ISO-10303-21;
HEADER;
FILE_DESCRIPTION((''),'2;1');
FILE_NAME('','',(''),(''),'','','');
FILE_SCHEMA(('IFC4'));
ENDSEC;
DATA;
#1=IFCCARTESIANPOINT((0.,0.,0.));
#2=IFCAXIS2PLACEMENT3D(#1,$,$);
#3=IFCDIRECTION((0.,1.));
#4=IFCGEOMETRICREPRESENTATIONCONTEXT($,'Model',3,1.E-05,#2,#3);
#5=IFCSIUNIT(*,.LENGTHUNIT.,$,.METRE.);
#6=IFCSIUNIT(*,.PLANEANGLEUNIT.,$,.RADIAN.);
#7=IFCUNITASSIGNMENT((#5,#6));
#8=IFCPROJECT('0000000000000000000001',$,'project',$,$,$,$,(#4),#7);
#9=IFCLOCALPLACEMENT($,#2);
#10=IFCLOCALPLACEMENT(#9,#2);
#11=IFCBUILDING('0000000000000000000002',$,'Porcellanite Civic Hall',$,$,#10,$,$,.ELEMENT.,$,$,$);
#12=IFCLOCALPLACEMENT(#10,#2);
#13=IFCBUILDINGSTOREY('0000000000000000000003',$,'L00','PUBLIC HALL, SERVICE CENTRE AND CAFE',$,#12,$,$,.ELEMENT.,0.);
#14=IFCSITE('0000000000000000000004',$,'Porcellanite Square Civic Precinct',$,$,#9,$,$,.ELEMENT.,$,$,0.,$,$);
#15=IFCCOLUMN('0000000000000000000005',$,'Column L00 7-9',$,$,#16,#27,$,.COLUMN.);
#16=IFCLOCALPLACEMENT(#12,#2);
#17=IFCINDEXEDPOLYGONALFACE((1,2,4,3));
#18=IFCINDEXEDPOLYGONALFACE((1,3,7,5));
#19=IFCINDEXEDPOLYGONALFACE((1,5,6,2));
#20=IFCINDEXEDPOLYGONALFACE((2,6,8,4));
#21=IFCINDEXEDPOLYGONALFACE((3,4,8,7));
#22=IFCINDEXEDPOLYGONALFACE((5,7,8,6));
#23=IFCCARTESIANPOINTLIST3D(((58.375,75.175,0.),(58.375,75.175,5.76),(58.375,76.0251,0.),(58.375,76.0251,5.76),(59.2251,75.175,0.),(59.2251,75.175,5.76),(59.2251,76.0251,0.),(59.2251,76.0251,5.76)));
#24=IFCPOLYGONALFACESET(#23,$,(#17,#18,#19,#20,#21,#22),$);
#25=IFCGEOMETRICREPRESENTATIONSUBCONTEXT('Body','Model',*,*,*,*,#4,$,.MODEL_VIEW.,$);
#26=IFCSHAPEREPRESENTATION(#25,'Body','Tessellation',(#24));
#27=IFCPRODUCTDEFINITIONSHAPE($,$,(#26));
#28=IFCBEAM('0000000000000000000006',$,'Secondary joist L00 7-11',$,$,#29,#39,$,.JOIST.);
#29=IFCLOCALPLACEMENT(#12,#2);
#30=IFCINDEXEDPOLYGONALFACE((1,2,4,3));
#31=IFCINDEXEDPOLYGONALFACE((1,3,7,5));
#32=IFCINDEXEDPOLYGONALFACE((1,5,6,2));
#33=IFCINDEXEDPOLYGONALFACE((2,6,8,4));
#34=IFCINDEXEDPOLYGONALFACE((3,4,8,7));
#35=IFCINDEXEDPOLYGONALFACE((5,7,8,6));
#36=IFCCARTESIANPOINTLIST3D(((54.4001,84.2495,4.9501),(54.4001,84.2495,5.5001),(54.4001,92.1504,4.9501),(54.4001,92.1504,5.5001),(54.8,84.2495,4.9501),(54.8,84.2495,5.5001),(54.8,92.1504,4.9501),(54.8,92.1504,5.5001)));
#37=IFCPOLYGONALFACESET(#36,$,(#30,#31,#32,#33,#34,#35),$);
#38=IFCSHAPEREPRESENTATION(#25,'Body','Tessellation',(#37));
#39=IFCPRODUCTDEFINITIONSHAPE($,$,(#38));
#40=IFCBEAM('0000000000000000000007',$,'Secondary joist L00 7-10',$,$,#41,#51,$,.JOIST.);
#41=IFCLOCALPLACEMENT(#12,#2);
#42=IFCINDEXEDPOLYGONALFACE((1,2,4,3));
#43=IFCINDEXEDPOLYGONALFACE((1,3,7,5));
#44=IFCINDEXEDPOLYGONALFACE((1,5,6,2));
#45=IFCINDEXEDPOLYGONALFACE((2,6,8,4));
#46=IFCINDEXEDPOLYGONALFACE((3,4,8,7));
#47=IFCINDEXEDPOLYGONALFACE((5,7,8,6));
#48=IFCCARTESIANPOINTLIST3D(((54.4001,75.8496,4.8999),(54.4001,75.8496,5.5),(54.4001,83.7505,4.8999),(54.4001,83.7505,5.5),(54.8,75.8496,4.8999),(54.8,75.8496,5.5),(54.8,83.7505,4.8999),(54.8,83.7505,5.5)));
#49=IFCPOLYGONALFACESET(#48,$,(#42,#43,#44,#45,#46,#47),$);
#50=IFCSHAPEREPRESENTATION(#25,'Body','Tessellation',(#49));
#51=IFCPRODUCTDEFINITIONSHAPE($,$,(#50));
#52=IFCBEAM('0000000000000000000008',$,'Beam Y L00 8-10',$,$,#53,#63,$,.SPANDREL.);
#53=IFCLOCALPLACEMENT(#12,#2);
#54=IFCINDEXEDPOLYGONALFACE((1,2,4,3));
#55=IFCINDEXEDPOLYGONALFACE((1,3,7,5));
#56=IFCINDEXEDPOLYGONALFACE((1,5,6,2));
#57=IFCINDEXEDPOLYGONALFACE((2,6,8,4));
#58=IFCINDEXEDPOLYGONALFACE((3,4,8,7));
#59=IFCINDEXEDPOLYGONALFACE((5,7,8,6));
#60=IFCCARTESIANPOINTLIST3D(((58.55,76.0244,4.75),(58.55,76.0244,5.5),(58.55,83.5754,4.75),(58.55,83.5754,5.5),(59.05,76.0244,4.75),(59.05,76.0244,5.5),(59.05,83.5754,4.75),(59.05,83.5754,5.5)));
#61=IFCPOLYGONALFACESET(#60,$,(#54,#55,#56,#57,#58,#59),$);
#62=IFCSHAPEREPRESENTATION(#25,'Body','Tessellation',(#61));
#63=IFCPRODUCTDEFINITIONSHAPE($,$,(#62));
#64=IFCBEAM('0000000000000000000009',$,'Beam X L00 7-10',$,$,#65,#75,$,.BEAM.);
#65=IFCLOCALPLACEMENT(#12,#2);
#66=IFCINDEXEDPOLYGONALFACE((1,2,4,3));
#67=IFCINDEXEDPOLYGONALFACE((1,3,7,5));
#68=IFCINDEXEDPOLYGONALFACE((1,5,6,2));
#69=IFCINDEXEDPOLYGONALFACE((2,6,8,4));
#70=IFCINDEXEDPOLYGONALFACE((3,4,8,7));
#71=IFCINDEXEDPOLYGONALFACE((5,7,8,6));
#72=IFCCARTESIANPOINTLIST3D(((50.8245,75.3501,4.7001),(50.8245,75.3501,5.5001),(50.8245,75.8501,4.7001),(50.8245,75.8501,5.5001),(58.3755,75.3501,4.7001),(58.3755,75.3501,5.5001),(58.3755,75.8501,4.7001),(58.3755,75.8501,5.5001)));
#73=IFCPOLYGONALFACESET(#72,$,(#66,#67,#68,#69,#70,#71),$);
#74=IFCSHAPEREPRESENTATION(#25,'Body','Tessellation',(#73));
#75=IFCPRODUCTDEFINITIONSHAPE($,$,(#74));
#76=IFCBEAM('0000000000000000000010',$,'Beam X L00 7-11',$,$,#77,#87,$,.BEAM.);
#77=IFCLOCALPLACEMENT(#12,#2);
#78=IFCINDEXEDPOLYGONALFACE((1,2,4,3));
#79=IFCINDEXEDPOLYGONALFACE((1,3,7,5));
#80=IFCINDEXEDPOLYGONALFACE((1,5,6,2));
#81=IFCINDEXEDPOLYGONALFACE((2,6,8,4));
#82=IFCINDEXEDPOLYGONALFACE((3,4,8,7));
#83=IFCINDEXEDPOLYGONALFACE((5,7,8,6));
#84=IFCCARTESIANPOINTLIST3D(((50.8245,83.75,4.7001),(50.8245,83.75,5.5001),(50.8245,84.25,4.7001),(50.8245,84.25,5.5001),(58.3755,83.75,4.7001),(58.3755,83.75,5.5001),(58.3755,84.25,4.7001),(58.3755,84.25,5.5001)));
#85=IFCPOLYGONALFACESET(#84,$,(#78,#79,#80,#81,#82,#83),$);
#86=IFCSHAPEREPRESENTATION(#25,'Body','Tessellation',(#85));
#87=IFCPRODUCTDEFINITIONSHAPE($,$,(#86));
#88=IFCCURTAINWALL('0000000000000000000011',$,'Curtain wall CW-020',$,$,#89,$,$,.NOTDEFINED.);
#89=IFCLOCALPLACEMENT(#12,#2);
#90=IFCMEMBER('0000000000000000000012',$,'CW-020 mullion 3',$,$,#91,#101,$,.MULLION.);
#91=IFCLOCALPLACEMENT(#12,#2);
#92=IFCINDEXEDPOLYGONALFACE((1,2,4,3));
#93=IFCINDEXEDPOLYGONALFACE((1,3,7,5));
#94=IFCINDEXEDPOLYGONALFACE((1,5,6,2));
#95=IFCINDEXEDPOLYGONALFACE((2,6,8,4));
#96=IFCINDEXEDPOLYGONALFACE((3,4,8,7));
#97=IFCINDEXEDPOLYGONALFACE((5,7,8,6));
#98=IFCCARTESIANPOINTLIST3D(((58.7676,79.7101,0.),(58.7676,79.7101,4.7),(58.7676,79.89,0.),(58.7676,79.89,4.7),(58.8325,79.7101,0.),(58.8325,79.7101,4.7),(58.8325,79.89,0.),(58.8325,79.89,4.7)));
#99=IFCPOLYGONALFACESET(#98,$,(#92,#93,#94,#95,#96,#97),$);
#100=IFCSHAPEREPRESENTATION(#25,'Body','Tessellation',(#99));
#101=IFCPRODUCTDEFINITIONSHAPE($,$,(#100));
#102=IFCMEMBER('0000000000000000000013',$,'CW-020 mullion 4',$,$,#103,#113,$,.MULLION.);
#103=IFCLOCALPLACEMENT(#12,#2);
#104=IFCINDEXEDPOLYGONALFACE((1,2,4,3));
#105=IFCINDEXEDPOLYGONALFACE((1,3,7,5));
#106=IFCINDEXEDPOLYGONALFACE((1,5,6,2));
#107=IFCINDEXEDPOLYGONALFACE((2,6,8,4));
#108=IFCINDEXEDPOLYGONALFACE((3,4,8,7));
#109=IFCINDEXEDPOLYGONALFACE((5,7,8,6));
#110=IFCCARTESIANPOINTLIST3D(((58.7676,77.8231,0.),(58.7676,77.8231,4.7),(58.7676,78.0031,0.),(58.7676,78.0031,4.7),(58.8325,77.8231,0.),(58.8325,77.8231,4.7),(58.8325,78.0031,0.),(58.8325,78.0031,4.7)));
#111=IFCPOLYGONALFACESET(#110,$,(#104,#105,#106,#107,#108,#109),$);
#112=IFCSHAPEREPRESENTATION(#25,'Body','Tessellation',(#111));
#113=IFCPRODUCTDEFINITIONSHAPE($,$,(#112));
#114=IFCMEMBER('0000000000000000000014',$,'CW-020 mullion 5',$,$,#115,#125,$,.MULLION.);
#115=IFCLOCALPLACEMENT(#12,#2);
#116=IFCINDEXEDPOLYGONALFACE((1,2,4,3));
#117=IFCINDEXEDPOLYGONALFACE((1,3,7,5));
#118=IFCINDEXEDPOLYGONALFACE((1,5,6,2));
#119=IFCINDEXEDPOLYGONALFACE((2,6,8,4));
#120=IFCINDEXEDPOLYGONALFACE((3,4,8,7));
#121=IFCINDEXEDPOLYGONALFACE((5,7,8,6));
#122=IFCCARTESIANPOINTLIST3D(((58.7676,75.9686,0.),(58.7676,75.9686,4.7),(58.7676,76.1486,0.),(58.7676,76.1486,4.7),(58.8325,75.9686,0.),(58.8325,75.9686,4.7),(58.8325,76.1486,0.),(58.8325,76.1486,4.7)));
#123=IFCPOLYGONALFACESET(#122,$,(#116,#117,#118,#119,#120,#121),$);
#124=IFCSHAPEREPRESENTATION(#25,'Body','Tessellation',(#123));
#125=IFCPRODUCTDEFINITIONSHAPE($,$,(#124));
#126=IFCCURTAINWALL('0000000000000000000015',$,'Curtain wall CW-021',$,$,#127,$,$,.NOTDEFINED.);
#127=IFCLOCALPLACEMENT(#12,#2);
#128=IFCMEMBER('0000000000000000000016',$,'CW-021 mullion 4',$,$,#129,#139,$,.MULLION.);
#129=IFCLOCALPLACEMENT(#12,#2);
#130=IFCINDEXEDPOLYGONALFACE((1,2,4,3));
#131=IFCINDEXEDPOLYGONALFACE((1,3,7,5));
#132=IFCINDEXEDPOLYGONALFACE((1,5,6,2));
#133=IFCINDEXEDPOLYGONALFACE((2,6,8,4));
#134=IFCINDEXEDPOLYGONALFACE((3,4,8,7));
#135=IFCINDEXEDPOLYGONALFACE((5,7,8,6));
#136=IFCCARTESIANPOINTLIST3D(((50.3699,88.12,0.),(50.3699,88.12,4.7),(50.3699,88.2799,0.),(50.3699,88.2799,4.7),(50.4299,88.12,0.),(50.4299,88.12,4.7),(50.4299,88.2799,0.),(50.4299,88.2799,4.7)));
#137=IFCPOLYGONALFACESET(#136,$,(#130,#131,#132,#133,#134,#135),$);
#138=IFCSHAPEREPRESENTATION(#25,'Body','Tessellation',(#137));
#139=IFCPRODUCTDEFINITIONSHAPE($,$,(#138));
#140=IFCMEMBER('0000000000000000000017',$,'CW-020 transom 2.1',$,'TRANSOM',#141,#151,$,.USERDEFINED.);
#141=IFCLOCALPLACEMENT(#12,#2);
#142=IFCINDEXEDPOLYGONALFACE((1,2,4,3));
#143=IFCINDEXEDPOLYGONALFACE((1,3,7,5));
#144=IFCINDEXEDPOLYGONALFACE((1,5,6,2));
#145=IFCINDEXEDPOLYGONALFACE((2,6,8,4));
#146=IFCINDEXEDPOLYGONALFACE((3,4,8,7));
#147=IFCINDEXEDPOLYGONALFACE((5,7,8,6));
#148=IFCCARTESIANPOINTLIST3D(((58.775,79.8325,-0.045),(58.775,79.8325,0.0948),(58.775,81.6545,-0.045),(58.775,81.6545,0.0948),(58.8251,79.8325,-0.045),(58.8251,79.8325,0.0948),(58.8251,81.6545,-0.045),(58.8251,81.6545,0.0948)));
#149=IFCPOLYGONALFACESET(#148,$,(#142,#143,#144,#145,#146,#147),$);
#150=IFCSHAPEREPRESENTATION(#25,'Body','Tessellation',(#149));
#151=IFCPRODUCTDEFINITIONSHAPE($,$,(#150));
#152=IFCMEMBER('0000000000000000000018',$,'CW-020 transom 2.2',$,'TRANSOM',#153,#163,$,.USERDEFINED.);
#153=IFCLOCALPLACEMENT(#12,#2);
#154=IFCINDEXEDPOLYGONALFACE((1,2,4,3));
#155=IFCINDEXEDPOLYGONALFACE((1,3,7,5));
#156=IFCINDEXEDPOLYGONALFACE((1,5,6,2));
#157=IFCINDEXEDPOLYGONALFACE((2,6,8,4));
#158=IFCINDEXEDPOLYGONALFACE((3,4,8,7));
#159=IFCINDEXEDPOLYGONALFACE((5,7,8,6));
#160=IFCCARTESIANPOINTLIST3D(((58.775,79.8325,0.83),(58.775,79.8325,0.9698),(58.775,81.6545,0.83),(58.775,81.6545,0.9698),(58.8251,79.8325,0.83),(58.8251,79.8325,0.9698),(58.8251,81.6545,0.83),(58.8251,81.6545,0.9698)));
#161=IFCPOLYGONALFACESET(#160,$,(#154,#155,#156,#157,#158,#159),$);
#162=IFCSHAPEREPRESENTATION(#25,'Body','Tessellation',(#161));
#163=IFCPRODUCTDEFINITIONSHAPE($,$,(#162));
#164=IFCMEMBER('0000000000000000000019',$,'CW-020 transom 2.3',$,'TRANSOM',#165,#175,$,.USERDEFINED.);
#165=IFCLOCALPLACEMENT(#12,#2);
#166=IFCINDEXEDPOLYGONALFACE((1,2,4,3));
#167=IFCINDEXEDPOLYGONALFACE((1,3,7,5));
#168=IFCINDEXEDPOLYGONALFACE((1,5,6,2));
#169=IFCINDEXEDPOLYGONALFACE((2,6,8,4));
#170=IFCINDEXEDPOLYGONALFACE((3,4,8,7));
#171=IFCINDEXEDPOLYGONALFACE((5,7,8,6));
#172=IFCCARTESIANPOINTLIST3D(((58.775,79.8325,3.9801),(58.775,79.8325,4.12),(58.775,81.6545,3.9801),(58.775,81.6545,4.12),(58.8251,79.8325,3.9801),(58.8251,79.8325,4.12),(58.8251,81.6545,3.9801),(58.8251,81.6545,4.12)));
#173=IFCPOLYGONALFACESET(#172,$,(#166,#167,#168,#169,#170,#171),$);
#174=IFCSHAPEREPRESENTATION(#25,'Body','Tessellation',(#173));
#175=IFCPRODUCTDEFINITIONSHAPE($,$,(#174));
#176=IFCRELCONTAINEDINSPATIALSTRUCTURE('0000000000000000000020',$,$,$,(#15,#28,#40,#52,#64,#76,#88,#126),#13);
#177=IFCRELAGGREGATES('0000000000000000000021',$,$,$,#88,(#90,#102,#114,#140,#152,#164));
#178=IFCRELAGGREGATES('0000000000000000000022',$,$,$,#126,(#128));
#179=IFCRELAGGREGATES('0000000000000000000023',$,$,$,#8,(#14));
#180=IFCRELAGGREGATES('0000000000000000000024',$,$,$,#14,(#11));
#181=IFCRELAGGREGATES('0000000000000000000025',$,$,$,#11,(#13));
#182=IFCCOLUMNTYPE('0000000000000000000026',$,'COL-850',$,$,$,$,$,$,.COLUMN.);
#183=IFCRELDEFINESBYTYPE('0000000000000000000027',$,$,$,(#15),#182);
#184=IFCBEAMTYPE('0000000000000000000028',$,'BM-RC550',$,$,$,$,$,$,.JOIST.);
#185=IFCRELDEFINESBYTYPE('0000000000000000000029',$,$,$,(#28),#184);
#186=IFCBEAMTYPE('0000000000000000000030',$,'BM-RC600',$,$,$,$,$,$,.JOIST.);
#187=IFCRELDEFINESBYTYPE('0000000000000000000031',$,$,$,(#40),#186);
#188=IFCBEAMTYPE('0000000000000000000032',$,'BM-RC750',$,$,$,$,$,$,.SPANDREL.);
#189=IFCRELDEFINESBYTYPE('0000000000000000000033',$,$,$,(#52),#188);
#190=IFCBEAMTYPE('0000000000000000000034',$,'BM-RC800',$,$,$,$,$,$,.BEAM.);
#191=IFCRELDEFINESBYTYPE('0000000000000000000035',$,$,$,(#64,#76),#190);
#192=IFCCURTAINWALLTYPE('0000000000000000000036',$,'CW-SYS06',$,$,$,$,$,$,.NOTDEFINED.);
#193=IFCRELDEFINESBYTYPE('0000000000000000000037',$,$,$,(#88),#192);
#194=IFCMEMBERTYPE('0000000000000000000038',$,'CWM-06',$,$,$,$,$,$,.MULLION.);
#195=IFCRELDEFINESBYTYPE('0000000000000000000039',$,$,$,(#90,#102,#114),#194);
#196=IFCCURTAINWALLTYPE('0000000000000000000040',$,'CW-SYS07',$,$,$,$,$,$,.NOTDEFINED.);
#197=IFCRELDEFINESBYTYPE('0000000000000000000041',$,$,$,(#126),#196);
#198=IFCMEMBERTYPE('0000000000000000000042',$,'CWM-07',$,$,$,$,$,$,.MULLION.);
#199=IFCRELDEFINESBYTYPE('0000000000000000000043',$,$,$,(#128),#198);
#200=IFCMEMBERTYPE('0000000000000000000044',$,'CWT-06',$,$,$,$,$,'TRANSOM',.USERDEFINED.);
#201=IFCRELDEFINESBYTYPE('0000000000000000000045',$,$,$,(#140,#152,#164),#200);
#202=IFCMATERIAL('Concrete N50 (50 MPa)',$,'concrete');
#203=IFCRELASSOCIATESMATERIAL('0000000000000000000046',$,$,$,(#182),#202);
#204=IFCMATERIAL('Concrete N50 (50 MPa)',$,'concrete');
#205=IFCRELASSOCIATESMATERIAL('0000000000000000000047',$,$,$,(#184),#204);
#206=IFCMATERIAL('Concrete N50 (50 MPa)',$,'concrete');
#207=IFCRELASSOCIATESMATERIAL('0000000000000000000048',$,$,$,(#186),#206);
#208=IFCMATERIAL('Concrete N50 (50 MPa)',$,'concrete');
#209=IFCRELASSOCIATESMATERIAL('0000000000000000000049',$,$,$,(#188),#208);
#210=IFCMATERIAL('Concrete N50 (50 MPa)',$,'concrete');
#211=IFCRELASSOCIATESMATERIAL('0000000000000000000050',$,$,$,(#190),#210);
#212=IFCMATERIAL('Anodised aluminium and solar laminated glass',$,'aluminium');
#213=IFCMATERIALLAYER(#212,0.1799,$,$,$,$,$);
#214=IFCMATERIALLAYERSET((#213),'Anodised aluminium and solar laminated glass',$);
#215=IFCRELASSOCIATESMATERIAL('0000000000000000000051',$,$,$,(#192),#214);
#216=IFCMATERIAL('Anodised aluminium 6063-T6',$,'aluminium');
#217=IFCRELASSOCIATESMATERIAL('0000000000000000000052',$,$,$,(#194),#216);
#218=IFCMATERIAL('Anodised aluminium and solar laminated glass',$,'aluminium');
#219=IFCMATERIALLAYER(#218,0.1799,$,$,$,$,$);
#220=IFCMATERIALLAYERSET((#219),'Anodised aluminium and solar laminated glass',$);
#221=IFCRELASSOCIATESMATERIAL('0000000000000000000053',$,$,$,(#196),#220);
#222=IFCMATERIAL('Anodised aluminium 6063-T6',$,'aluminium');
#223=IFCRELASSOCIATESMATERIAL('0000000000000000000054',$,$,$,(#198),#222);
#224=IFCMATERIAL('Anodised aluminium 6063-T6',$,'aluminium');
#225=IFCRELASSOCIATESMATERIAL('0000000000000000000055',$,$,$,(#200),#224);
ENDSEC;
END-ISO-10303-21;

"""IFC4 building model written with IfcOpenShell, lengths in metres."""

from ifc_helpers import new_model, si_unit, direction, frame, origin, origin_2d, place, context, subcontext, project, spatial, rectangle, extrude, material, layer, layer_set, material_profile, profile_set, type_object, element, aggregate, save


model = new_model("IFC4")

# Units and contexts
model_context = context("Model", 3, precision=1e-05, world=origin(), true_north=direction((0.0, 1.0)))
body_context = subcontext(model_context, "Body", "Model", "MODEL_VIEW")
ifc_project = project(units=[si_unit("LENGTHUNIT", "METRE"), si_unit("PLANEANGLEUNIT", "RADIAN")], contexts=[model_context])

# Site, building, storey
site_placement = place(None, origin())
site = spatial("IfcSite", under=ifc_project, at=site_placement, Name="Porcellanite Square Civic Precinct", CompositionType="ELEMENT", RefElevation=0.0)
building_placement = place(site_placement, origin())
building = spatial("IfcBuilding", under=site, at=building_placement, Name="Porcellanite Civic Hall", CompositionType="ELEMENT")
storey_placement = place(building_placement, origin())
storey = spatial("IfcBuildingStorey", under=building, at=storey_placement, Name="L00", Description="PUBLIC HALL, SERVICE CENTRE AND CAFE", CompositionType="ELEMENT", Elevation=0.0)

# Column
ifc_material_1 = material(Name="Concrete N50 (50 MPa)", Category="concrete")
ifc_material_profile_1 = material_profile(ifc_material_1, rectangle(XDim=0.8501, YDim=0.8501, at=origin_2d()), Name="RC-850x850")
ifc_profile_set_1 = profile_set([ifc_material_profile_1], Name="Concrete N50 (50 MPa)")
column_type = type_object("IfcColumnType", Name="COL-850", PredefinedType="COLUMN", material=ifc_profile_set_1)
column_placement = place(storey_placement, frame((58.8, 75.6001, 0.0), z_axis=(0.0, 0.0, 1.0), x_axis=(1.0, 0.0, 0.0)))
element("IfcColumn", 1, at=column_placement, inside=storey, type_object=column_type, Name="Column L00 7-9", PredefinedType="COLUMN", context=body_context, shape_type="SweptSolid", body=[
    extrude(rectangle(XDim=0.8501, YDim=0.8501, at=origin_2d()), origin(), (0.0, 0.0, 1.0), 5.76),
])

# Beams
ifc_material_2 = material(Name="Concrete N50 (50 MPa)", Category="concrete")
ifc_material_profile_2 = material_profile(ifc_material_2, rectangle(XDim=0.3999, YDim=0.55, at=origin_2d()), Name="RC-400x550")
ifc_profile_set_2 = profile_set([ifc_material_profile_2], Name="Concrete N50 (50 MPa)")
beam_type_1 = type_object("IfcBeamType", Name="BM-RC550", PredefinedType="JOIST", material=ifc_profile_set_2)
beam_1_placement = place(storey_placement, frame((54.6001, 84.2495, 5.2251), z_axis=(0.0, 1.0, 0.0), x_axis=(-1.0, 0.0, 0.0)))
element("IfcBeam", 2, at=beam_1_placement, inside=storey, type_object=beam_type_1, Name="Secondary joist L00 7-11", PredefinedType="JOIST", context=body_context, shape_type="SweptSolid", body=[
    extrude(rectangle(XDim=0.3999, YDim=0.55, at=origin_2d()), origin(), (0.0, 0.0, 1.0), 7.9009),
])
ifc_material_3 = material(Name="Concrete N50 (50 MPa)", Category="concrete")
ifc_material_profile_3 = material_profile(ifc_material_3, rectangle(XDim=0.3999, YDim=0.6001, at=origin_2d()), Name="RC-400x600")
ifc_profile_set_3 = profile_set([ifc_material_profile_3], Name="Concrete N50 (50 MPa)")
beam_type_2 = type_object("IfcBeamType", Name="BM-RC600", PredefinedType="JOIST", material=ifc_profile_set_3)
beam_2_placement = place(storey_placement, frame((54.6001, 75.8496, 5.2), z_axis=(0.0, 1.0, 0.0), x_axis=(-1.0, 0.0, 0.0)))
element("IfcBeam", 3, at=beam_2_placement, inside=storey, type_object=beam_type_2, Name="Secondary joist L00 7-10", PredefinedType="JOIST", context=body_context, shape_type="SweptSolid", body=[
    extrude(rectangle(XDim=0.3999, YDim=0.6001, at=origin_2d()), origin(), (0.0, 0.0, 1.0), 7.9009),
])
ifc_material_4 = material(Name="Concrete N50 (50 MPa)", Category="concrete")
ifc_material_profile_4 = material_profile(ifc_material_4, rectangle(XDim=0.5, YDim=0.75, at=origin_2d()), Name="RC-500x750")
ifc_profile_set_4 = profile_set([ifc_material_profile_4], Name="Concrete N50 (50 MPa)")
beam_type_3 = type_object("IfcBeamType", Name="BM-RC750", PredefinedType="SPANDREL", material=ifc_profile_set_4)
beam_3_placement = place(storey_placement, frame((58.8, 76.0244, 5.125), z_axis=(0.0, 1.0, 0.0), x_axis=(-1.0, 0.0, 0.0)))
element("IfcBeam", 4, at=beam_3_placement, inside=storey, type_object=beam_type_3, Name="Beam Y L00 8-10", PredefinedType="SPANDREL", context=body_context, shape_type="SweptSolid", body=[
    extrude(rectangle(XDim=0.5, YDim=0.75, at=origin_2d()), origin(), (0.0, 0.0, 1.0), 7.551),
])
ifc_material_5 = material(Name="Concrete N50 (50 MPa)", Category="concrete")
ifc_material_profile_5 = material_profile(ifc_material_5, rectangle(XDim=0.5, YDim=0.8, at=origin_2d()), Name="RC-500x800")
ifc_profile_set_5 = profile_set([ifc_material_profile_5], Name="Concrete N50 (50 MPa)")
beam_type_4 = type_object("IfcBeamType", Name="BM-RC800", PredefinedType="BEAM", material=ifc_profile_set_5)
for number, where, z_axis, x_axis, name in (
    (5, (50.8245, 75.6001, 5.1001), (1.0, 0.0, 0.0), (0.0, 1.0, 0.0), "Beam X L00 7-10"),
    (6, (50.8245, 84.0, 5.1001), (1.0, 0.0, 0.0), (0.0, 1.0, 0.0), "Beam X L00 7-11"),
):
    element("IfcBeam", number, at=place(storey_placement, frame(where, z_axis=z_axis, x_axis=x_axis)), inside=storey, type_object=beam_type_4, Name=name, PredefinedType="BEAM", context=body_context, shape_type="SweptSolid", body=[
        extrude(rectangle(XDim=0.5, YDim=0.8, at=origin_2d()), origin(), (0.0, 0.0, 1.0), 7.551),
    ])

# Curtain wall, members
ifc_material_6 = material(Name="Anodised aluminium and solar laminated glass", Category="aluminium")
ifc_layer_1 = layer(ifc_material_6, 0.1799)
ifc_layer_set_1 = layer_set([ifc_layer_1], Name="Anodised aluminium and solar laminated glass")
curtain_wall_type_1 = type_object("IfcCurtainWallType", Name="CW-SYS06", PredefinedType="NOTDEFINED", material=ifc_layer_set_1)
curtain_wall_1_placement = place(storey_placement, origin())
curtain_wall_1 = element("IfcCurtainWall", 7, at=curtain_wall_1_placement, inside=storey, type_object=curtain_wall_type_1, Name="Curtain wall CW-020", PredefinedType="NOTDEFINED")
ifc_material_7 = material(Name="Anodised aluminium 6063-T6", Category="aluminium")
ifc_material_profile_6 = material_profile(ifc_material_7, rectangle(XDim=0.0649, YDim=0.1799, at=origin_2d()), Name="AL-65x180")
ifc_profile_set_6 = profile_set([ifc_material_profile_6], Name="Anodised aluminium 6063-T6")
member_type_1 = type_object("IfcMemberType", Name="CWM-06", PredefinedType="MULLION", material=ifc_profile_set_6)
member_1_placement = place(storey_placement, frame((58.8, 79.8, 0.0), z_axis=(0.0, 0.0, 1.0), x_axis=(1.0, 0.0, 0.0)))
member_1 = element("IfcMember", 8, at=member_1_placement, type_object=member_type_1, Name="CW-020 mullion 3", PredefinedType="MULLION", context=body_context, shape_type="SweptSolid", body=[
    extrude(rectangle(XDim=0.0649, YDim=0.1799, at=origin_2d()), origin(), (0.0, 0.0, 1.0), 4.7),
])
member_2_placement = place(storey_placement, frame((58.8, 77.9131, 0.0), z_axis=(0.0, 0.0, 1.0), x_axis=(1.0, 0.0, 0.0)))
member_2 = element("IfcMember", 9, at=member_2_placement, type_object=member_type_1, Name="CW-020 mullion 4", PredefinedType="MULLION", context=body_context, shape_type="SweptSolid", body=[
    extrude(rectangle(XDim=0.0649, YDim=0.1799, at=origin_2d()), origin(), (0.0, 0.0, 1.0), 4.7),
])
member_3_placement = place(storey_placement, frame((58.8, 76.0586, 0.0), z_axis=(0.0, 0.0, 1.0), x_axis=(1.0, 0.0, 0.0)))
member_3 = element("IfcMember", 10, at=member_3_placement, type_object=member_type_1, Name="CW-020 mullion 5", PredefinedType="MULLION", context=body_context, shape_type="SweptSolid", body=[
    extrude(rectangle(XDim=0.0649, YDim=0.1799, at=origin_2d()), origin(), (0.0, 0.0, 1.0), 4.7),
])

# Curtain wall, member
ifc_material_8 = material(Name="Anodised aluminium and solar laminated glass", Category="aluminium")
ifc_layer_2 = layer(ifc_material_8, 0.1799)
ifc_layer_set_2 = layer_set([ifc_layer_2], Name="Anodised aluminium and solar laminated glass")
curtain_wall_type_2 = type_object("IfcCurtainWallType", Name="CW-SYS07", PredefinedType="NOTDEFINED", material=ifc_layer_set_2)
curtain_wall_2_placement = place(storey_placement, origin())
curtain_wall_2 = element("IfcCurtainWall", 11, at=curtain_wall_2_placement, inside=storey, type_object=curtain_wall_type_2, Name="Curtain wall CW-021", PredefinedType="NOTDEFINED")
ifc_material_9 = material(Name="Anodised aluminium 6063-T6", Category="aluminium")
ifc_material_profile_7 = material_profile(ifc_material_9, rectangle(XDim=0.0601, YDim=0.1599, at=origin_2d()), Name="AL-60x160")
ifc_profile_set_7 = profile_set([ifc_material_profile_7], Name="Anodised aluminium 6063-T6")
member_type_2 = type_object("IfcMemberType", Name="CWM-07", PredefinedType="MULLION", material=ifc_profile_set_7)
member_4_placement = place(storey_placement, frame((50.3999, 88.2, 0.0), z_axis=(0.0, 0.0, 1.0), x_axis=(-1.0, 0.0, 0.0)))
member_4 = element("IfcMember", 12, at=member_4_placement, type_object=member_type_2, Name="CW-021 mullion 4", PredefinedType="MULLION", context=body_context, shape_type="SweptSolid", body=[
    extrude(rectangle(XDim=0.0601, YDim=0.1599, at=origin_2d()), origin(), (0.0, 0.0, 1.0), 4.7),
])

# Members
ifc_material_10 = material(Name="Anodised aluminium 6063-T6", Category="aluminium")
ifc_material_profile_8 = material_profile(ifc_material_10, rectangle(XDim=0.05, YDim=0.1399, at=origin_2d()), Name="AL-50x140")
ifc_profile_set_8 = profile_set([ifc_material_profile_8], Name="Anodised aluminium 6063-T6")
member_type_3 = type_object("IfcMemberType", Name="CWT-06", ElementType="TRANSOM", PredefinedType="USERDEFINED", material=ifc_profile_set_8)
member_5_placement = place(storey_placement, frame((58.8, 81.6545, 0.0249), z_axis=(0.0, -1.0, 0.0), x_axis=(1.0, 0.0, 0.0)))
member_5 = element("IfcMember", 13, at=member_5_placement, type_object=member_type_3, Name="CW-020 transom 2.1", ObjectType="TRANSOM", PredefinedType="USERDEFINED", context=body_context, shape_type="SweptSolid", body=[
    extrude(rectangle(XDim=0.05, YDim=0.1399, at=origin_2d()), origin(), (0.0, 0.0, 1.0), 1.822),
])
member_6_placement = place(storey_placement, frame((58.8, 81.6545, 0.8999), z_axis=(0.0, -1.0, 0.0), x_axis=(1.0, 0.0, 0.0)))
member_6 = element("IfcMember", 14, at=member_6_placement, type_object=member_type_3, Name="CW-020 transom 2.2", ObjectType="TRANSOM", PredefinedType="USERDEFINED", context=body_context, shape_type="SweptSolid", body=[
    extrude(rectangle(XDim=0.05, YDim=0.1399, at=origin_2d()), origin(), (0.0, 0.0, 1.0), 1.822),
])
member_7_placement = place(storey_placement, frame((58.8, 81.6545, 4.05), z_axis=(0.0, -1.0, 0.0), x_axis=(1.0, 0.0, 0.0)))
member_7 = element("IfcMember", 15, at=member_7_placement, type_object=member_type_3, Name="CW-020 transom 2.3", ObjectType="TRANSOM", PredefinedType="USERDEFINED", context=body_context, shape_type="SweptSolid", body=[
    extrude(rectangle(XDim=0.05, YDim=0.1399, at=origin_2d()), origin(), (0.0, 0.0, 1.0), 1.822),
])

aggregate(curtain_wall_1, [member_1, member_2, member_3, member_5, member_6, member_7])
aggregate(curtain_wall_2, [member_4])

save(model, "model.ifc")
